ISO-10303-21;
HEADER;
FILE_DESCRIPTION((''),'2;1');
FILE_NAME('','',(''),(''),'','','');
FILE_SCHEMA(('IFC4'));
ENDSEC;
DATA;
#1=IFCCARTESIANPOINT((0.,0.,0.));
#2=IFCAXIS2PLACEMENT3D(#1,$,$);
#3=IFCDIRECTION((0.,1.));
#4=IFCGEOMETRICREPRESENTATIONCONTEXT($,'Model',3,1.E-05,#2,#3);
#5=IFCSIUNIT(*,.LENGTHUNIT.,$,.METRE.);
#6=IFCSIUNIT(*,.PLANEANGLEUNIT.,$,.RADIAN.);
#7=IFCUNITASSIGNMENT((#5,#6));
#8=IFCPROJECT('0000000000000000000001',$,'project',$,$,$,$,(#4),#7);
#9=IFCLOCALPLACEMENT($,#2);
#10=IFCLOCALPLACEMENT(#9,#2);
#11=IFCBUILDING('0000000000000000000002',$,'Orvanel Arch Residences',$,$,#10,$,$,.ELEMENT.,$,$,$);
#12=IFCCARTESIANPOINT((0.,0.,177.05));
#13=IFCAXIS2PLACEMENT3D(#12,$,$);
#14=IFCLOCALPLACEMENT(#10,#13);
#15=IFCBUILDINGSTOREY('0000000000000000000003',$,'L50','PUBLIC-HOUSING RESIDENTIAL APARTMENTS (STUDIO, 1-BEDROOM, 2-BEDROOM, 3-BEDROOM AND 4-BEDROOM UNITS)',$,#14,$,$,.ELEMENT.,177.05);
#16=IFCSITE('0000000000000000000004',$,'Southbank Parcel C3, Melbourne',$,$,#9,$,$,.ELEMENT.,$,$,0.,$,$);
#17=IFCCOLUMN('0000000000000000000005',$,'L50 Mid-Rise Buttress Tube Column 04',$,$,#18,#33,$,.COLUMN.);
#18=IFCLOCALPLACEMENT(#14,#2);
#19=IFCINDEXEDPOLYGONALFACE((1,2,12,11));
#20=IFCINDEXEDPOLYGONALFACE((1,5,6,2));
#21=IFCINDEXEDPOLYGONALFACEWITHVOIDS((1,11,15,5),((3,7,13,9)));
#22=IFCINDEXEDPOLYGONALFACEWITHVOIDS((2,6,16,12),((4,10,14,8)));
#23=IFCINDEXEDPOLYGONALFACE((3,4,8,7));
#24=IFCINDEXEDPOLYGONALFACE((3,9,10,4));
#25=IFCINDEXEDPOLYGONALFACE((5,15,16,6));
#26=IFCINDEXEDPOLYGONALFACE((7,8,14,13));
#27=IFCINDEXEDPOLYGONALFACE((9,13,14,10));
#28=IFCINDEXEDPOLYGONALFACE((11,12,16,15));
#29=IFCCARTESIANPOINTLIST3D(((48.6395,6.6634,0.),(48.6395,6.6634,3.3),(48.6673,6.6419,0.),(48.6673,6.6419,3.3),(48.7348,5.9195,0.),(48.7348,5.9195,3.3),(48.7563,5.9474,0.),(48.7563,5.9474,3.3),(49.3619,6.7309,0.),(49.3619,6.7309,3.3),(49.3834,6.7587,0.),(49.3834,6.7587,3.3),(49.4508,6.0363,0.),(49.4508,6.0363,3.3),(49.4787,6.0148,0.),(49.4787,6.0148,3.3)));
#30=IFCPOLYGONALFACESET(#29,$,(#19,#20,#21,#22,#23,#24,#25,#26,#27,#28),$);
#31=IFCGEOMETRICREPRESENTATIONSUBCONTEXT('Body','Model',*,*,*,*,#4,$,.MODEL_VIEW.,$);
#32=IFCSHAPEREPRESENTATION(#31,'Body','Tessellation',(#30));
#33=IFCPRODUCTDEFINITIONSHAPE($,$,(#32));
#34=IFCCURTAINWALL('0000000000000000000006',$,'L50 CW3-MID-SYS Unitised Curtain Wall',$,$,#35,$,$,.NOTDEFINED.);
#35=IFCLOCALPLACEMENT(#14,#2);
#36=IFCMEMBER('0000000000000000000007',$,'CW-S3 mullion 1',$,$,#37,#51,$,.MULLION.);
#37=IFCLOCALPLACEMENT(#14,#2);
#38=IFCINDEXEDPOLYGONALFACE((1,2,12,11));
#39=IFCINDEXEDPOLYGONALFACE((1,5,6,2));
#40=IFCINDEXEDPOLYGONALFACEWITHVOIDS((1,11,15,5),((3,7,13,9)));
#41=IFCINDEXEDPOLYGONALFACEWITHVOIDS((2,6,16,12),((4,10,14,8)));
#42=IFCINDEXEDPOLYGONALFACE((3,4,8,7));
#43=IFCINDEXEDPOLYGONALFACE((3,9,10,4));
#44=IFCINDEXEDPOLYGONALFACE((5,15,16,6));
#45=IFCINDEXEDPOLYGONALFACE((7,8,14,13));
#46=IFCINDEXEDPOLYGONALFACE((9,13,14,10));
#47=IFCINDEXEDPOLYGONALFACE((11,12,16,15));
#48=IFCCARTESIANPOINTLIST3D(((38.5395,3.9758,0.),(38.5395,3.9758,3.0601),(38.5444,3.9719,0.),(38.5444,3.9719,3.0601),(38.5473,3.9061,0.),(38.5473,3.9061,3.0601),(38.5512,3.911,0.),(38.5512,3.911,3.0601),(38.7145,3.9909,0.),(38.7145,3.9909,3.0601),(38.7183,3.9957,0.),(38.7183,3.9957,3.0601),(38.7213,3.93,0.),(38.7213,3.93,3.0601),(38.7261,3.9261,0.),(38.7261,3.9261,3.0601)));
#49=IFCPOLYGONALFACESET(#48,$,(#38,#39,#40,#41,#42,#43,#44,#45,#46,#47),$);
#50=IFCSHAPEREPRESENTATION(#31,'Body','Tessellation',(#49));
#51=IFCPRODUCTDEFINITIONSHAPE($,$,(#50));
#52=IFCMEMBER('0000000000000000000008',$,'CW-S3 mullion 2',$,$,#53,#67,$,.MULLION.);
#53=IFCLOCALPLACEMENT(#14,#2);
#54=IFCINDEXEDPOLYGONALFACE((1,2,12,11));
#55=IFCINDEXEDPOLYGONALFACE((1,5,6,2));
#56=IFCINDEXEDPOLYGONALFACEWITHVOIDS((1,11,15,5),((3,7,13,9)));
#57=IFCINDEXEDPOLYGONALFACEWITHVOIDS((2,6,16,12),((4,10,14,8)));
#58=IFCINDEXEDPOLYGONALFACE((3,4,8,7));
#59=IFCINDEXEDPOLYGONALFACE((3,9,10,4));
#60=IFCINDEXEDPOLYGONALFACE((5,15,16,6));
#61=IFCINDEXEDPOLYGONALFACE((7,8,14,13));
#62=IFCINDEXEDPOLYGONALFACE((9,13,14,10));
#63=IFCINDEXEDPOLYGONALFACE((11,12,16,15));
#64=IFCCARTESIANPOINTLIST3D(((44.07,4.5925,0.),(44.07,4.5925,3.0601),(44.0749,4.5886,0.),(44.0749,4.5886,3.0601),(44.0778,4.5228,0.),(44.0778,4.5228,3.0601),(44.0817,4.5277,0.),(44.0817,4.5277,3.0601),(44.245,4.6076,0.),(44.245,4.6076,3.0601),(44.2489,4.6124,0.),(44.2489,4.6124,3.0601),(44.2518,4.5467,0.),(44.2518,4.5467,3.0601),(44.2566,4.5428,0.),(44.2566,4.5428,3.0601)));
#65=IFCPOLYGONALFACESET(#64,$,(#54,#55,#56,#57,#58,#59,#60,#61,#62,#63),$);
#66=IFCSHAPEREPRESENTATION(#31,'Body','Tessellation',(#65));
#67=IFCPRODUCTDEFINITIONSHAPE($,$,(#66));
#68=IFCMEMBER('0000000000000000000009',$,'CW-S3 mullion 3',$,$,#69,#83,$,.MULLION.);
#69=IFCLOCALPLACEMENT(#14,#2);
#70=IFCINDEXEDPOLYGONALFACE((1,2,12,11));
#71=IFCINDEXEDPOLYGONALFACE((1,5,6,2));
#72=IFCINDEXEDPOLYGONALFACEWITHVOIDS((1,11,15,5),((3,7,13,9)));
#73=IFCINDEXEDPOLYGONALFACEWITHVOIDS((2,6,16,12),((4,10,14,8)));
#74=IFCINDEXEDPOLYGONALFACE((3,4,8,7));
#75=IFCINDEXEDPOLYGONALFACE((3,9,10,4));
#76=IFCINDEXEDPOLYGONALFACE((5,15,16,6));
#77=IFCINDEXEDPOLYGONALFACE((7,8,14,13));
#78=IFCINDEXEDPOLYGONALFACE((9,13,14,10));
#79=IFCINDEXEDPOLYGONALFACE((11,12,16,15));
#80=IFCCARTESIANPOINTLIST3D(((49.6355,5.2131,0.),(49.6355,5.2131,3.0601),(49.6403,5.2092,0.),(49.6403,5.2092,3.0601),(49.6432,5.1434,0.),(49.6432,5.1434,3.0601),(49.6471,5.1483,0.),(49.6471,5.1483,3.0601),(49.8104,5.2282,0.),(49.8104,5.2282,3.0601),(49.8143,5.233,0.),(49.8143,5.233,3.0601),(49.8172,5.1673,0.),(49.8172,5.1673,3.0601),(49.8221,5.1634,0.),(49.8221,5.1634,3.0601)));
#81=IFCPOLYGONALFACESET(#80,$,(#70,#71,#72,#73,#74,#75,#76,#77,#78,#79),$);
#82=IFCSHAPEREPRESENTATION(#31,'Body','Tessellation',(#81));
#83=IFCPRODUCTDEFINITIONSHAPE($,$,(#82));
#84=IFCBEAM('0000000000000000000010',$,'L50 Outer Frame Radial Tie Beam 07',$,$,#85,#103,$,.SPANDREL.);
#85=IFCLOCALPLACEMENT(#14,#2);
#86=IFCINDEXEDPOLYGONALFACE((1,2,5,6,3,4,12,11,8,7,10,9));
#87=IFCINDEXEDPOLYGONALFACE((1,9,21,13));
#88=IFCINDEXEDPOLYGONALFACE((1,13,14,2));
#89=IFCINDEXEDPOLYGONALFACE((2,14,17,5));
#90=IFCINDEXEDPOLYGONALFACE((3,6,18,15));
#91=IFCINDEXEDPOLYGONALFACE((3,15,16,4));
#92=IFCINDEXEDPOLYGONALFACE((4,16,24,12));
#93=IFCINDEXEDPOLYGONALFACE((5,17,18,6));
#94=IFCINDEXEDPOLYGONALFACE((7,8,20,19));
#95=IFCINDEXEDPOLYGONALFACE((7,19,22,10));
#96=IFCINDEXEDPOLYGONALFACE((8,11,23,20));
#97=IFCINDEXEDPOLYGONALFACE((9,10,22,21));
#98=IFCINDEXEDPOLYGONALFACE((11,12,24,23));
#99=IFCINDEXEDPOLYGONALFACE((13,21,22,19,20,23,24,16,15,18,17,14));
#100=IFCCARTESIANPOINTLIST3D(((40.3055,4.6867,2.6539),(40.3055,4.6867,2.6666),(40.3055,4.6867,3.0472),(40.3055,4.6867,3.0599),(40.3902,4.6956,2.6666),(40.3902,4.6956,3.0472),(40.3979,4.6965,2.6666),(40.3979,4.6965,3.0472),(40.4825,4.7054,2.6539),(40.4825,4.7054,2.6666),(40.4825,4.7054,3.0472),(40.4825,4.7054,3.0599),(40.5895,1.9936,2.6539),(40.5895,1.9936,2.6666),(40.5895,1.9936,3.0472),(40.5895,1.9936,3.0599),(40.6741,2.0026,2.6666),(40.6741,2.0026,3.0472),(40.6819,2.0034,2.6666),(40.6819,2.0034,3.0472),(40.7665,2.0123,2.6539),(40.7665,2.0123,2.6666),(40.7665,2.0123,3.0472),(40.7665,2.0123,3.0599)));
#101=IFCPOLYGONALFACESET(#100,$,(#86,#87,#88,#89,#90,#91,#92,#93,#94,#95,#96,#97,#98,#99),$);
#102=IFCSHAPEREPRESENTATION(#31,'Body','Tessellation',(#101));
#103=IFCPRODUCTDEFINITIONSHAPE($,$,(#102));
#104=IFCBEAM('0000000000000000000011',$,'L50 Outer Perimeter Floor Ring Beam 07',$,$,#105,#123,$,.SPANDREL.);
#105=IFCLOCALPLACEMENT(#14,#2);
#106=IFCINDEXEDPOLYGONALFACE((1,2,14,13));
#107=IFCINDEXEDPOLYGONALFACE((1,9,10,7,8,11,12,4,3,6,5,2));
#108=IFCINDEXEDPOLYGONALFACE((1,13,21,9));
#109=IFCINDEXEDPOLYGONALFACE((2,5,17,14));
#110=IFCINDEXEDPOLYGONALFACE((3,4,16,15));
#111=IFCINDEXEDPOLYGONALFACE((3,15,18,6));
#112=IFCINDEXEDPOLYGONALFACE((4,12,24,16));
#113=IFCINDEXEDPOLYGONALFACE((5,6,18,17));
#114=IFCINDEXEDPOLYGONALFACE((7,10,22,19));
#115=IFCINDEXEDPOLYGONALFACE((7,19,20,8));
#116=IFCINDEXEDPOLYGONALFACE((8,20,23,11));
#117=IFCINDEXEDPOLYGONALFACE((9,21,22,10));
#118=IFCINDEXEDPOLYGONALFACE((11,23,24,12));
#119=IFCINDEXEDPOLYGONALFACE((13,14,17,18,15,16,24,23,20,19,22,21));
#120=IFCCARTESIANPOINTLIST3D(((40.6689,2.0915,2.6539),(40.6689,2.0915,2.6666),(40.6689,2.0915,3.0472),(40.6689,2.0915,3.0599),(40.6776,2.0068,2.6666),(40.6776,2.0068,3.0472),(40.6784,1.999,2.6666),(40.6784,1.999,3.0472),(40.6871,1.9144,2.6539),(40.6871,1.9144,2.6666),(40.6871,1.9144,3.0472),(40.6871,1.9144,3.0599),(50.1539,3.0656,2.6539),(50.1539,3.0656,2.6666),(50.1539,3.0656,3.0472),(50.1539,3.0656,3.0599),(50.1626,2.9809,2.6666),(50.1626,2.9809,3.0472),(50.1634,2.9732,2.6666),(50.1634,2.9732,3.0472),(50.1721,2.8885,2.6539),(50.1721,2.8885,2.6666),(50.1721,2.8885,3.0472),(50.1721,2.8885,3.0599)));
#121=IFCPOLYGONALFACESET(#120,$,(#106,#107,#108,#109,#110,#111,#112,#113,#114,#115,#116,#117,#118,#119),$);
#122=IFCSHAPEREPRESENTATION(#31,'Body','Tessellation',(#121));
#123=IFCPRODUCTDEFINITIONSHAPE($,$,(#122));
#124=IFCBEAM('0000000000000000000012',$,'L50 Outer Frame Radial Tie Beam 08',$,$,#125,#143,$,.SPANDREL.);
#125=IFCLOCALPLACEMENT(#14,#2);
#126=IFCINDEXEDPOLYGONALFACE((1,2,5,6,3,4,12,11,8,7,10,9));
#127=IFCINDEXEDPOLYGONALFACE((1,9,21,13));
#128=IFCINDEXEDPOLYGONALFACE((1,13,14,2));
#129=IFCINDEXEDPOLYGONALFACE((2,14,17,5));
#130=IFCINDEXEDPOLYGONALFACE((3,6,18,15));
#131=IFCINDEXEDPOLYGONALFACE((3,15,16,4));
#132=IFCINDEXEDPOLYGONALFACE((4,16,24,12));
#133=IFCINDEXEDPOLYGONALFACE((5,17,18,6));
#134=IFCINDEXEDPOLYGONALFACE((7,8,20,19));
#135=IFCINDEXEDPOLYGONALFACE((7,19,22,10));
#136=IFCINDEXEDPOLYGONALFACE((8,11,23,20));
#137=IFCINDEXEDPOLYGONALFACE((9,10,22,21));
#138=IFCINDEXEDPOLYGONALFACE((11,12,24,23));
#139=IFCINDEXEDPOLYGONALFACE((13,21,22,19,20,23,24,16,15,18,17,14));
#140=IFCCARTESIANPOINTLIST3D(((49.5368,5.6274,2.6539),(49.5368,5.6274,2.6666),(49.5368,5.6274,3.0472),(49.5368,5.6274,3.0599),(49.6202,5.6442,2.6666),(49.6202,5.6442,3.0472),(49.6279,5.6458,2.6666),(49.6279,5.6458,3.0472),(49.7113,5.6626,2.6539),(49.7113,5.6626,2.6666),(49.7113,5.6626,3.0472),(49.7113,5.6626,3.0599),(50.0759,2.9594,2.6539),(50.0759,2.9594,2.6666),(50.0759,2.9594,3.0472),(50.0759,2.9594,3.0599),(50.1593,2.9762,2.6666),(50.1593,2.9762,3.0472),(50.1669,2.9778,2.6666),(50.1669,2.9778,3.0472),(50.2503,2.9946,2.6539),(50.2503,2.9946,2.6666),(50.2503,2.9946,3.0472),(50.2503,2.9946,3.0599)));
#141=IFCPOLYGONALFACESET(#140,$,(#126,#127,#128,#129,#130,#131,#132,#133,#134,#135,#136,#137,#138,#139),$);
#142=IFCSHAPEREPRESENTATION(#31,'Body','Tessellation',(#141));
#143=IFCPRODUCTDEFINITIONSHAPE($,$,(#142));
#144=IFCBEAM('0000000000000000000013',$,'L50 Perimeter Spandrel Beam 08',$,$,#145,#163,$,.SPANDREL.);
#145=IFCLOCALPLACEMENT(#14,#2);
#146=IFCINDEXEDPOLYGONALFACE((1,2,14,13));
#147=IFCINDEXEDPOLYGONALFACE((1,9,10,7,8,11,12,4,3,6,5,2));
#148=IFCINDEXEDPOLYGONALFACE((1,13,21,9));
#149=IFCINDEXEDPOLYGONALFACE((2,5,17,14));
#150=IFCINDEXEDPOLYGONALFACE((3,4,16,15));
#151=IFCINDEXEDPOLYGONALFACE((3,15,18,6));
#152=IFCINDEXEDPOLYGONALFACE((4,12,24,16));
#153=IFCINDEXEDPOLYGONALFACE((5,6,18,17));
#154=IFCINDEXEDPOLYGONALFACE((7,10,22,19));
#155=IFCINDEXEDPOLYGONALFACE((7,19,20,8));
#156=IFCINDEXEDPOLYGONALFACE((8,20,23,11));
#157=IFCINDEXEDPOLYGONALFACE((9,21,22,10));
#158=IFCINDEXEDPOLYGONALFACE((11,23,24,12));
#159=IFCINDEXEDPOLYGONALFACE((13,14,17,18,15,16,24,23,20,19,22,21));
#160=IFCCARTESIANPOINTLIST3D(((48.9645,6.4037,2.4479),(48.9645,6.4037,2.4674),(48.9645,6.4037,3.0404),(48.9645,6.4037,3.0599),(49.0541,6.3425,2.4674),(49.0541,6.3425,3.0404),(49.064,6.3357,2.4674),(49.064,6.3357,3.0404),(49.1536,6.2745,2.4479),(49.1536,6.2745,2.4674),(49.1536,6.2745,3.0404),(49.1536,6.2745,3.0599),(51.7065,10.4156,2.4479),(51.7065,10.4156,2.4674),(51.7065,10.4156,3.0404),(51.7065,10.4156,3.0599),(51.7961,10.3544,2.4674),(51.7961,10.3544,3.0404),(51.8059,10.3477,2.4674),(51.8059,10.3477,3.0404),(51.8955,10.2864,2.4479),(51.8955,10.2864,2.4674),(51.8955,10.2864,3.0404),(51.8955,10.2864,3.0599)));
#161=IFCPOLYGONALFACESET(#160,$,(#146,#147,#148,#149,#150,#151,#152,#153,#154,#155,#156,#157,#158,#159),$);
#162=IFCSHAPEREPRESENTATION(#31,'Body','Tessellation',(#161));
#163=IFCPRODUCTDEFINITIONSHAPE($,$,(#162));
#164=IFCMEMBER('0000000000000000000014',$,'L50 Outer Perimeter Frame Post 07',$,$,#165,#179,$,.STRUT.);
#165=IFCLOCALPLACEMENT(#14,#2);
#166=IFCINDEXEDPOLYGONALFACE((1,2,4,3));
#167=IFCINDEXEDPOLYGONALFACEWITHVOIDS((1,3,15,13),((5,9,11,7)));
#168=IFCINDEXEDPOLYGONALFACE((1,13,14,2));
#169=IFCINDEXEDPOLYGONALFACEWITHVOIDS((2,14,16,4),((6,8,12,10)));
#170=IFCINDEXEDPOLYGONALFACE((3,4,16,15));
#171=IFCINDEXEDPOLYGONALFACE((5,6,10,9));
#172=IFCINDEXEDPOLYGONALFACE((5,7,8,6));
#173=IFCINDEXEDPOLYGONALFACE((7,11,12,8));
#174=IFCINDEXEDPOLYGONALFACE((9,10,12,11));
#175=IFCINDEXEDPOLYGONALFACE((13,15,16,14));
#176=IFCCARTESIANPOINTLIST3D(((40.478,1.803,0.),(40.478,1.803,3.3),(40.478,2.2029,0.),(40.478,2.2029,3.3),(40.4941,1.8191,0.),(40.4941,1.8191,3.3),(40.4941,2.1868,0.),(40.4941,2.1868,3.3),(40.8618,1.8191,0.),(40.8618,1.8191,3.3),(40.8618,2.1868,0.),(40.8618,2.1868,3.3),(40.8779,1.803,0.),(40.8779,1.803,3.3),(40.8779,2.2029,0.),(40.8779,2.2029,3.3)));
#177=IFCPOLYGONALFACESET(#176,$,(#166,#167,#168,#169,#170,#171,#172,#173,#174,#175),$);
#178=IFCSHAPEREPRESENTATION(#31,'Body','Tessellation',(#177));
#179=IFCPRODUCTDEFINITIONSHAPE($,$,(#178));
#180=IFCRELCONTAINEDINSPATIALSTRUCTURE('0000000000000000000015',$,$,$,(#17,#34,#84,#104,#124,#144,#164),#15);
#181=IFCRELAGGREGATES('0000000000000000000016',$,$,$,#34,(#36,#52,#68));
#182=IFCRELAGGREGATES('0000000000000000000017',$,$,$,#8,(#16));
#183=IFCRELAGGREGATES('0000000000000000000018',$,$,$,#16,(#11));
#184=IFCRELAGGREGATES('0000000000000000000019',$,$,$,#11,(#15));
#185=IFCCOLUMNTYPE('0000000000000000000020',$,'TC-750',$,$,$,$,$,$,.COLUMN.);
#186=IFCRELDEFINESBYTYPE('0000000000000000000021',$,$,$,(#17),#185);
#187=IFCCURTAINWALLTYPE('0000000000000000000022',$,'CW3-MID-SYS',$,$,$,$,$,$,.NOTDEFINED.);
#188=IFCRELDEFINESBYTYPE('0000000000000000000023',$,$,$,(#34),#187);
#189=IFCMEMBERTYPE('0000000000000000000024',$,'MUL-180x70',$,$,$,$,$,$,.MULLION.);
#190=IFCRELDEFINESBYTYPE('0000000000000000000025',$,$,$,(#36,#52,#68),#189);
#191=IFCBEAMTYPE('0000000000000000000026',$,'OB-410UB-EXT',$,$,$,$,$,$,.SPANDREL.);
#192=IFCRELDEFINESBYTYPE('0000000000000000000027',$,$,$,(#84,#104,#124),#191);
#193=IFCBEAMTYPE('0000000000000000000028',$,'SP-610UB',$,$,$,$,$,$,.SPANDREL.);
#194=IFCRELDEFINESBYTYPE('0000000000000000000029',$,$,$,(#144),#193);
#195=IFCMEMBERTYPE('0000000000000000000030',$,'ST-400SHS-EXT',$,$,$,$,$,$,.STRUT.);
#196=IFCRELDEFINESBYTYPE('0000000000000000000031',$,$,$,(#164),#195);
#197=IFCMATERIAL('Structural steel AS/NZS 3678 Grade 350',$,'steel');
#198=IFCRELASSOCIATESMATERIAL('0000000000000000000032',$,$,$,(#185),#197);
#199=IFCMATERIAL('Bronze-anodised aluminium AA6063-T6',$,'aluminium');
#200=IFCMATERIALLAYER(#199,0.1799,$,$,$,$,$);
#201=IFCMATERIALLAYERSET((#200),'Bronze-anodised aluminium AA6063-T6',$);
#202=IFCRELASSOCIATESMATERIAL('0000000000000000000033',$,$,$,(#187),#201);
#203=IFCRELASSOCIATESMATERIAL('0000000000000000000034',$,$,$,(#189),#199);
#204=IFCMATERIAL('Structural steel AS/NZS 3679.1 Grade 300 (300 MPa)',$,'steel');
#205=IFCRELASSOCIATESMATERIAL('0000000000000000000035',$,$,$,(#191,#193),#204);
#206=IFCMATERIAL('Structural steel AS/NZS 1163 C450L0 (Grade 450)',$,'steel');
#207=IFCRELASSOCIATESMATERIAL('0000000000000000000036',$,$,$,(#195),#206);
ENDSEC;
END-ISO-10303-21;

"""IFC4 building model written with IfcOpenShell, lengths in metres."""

from ifc_helpers import new_model, si_unit, direction, frame, origin, origin_2d, place, context, subcontext, project, spatial, hollow_rectangle, i_section, extrude, material, layer, layer_set, material_profile, profile_set, type_object, element, aggregate, save


model = new_model("IFC4")

# Units and contexts
model_context = context("Model", 3, precision=1e-05, world=origin(), true_north=direction((0.0, 1.0)))
body_context = subcontext(model_context, "Body", "Model", "MODEL_VIEW")
ifc_project = project(units=[si_unit("LENGTHUNIT", "METRE"), si_unit("PLANEANGLEUNIT", "RADIAN")], contexts=[model_context])

# Site, building, storey
site_placement = place(None, origin())
site = spatial("IfcSite", under=ifc_project, at=site_placement, Name="Southbank Parcel C3, Melbourne", CompositionType="ELEMENT", RefElevation=0.0)
building_placement = place(site_placement, origin())
building = spatial("IfcBuilding", under=site, at=building_placement, Name="Orvanel Arch Residences", CompositionType="ELEMENT")
storey_placement = place(building_placement, frame((0.0, 0.0, 177.05)))
storey = spatial("IfcBuildingStorey", under=building, at=storey_placement, Name="L50", Description="PUBLIC-HOUSING RESIDENTIAL APARTMENTS (STUDIO, 1-BEDROOM, 2-BEDROOM, 3-BEDROOM AND 4-BEDROOM UNITS)", CompositionType="ELEMENT", Elevation=177.05)

# Column
ifc_material_1 = material(Name="Structural steel AS/NZS 3678 Grade 350", Category="steel")
ifc_material_profile_1 = material_profile(ifc_material_1, hollow_rectangle(XDim=0.75, YDim=0.75, WallThickness=0.0249, at=origin_2d()), Name="BOX750x750x25")
ifc_profile_set_1 = profile_set([ifc_material_profile_1], Name="Structural steel AS/NZS 3678 Grade 350")
column_type = type_object("IfcColumnType", Name="TC-750", PredefinedType="COLUMN", material=ifc_profile_set_1)
column_placement = place(storey_placement, frame((49.0591, 6.3391, 0.0), z_axis=(0.0, 0.0, 1.0), x_axis=(0.991894, 0.127065, 0.0)))
element("IfcColumn", 1, at=column_placement, inside=storey, type_object=column_type, Name="L50 Mid-Rise Buttress Tube Column 04", PredefinedType="COLUMN", context=body_context, shape_type="SweptSolid", body=[
    extrude(hollow_rectangle(XDim=0.75, YDim=0.75, WallThickness=0.0249, at=origin_2d()), origin(), (0.0, 0.0, 1.0), 3.3),
])

# Curtain wall, members
ifc_material_2 = material(Name="Bronze-anodised aluminium AA6063-T6", Category="aluminium")
ifc_layer_1 = layer(ifc_material_2, 0.1799)
ifc_layer_set_1 = layer_set([ifc_layer_1], Name="Bronze-anodised aluminium AA6063-T6")
curtain_wall_type = type_object("IfcCurtainWallType", Name="CW3-MID-SYS", PredefinedType="NOTDEFINED", material=ifc_layer_set_1)
curtain_wall_placement = place(storey_placement, origin())
curtain_wall = element("IfcCurtainWall", 2, at=curtain_wall_placement, inside=storey, type_object=curtain_wall_type, Name="L50 CW3-MID-SYS Unitised Curtain Wall", PredefinedType="NOTDEFINED")
ifc_material_profile_2 = material_profile(ifc_material_2, hollow_rectangle(XDim=0.0701, YDim=0.1799, WallThickness=0.0044, at=origin_2d()), Name="ALU180x70x4.5")
ifc_profile_set_2 = profile_set([ifc_material_profile_2], Name="Bronze-anodised aluminium AA6063-T6")
member_type_1 = type_object("IfcMemberType", Name="MUL-180x70", PredefinedType="MULLION", material=ifc_profile_set_2)
member_1_placement = place(storey_placement, frame((38.6328, 3.9509, 0.0), z_axis=(0.0, 0.0, 1.0), x_axis=(-0.110837, 0.993839, 0.0)))
member_1 = element("IfcMember", 3, at=member_1_placement, type_object=member_type_1, Name="CW-S3 mullion 1", PredefinedType="MULLION", context=body_context, shape_type="SweptSolid", body=[
    extrude(hollow_rectangle(XDim=0.0701, YDim=0.1799, WallThickness=0.0044, at=origin_2d()), origin(), (0.0, 0.0, 1.0), 3.0601),
])
member_2_placement = place(storey_placement, frame((44.1633, 4.5676, 0.0), z_axis=(0.0, 0.0, 1.0), x_axis=(-0.110837, 0.993839, 0.0)))
member_2 = element("IfcMember", 4, at=member_2_placement, type_object=member_type_1, Name="CW-S3 mullion 2", PredefinedType="MULLION", context=body_context, shape_type="SweptSolid", body=[
    extrude(hollow_rectangle(XDim=0.0701, YDim=0.1799, WallThickness=0.0044, at=origin_2d()), origin(), (0.0, 0.0, 1.0), 3.0601),
])
member_3_placement = place(storey_placement, frame((49.7288, 5.1882, 0.0), z_axis=(0.0, 0.0, 1.0), x_axis=(-0.110837, 0.993839, 0.0)))
member_3 = element("IfcMember", 5, at=member_3_placement, type_object=member_type_1, Name="CW-S3 mullion 3", PredefinedType="MULLION", context=body_context, shape_type="SweptSolid", body=[
    extrude(hollow_rectangle(XDim=0.0701, YDim=0.1799, WallThickness=0.0044, at=origin_2d()), origin(), (0.0, 0.0, 1.0), 3.0601),
])

# Beams
ifc_material_3 = material(Name="Structural steel AS/NZS 3679.1 Grade 300 (300 MPa)", Category="steel")
ifc_material_profile_3 = material_profile(ifc_material_3, i_section(OverallWidth=0.178, OverallDepth=0.406, WebThickness=0.0078, FlangeThickness=0.0127, at=origin_2d()), Name="410UB59.7")
ifc_profile_set_3 = profile_set([ifc_material_profile_3], Name="Structural steel AS/NZS 3679.1 Grade 300 (300 MPa)")
beam_type_1 = type_object("IfcBeamType", Name="OB-410UB-EXT", PredefinedType="SPANDREL", material=ifc_profile_set_3)
beam_1_placement = place(storey_placement, frame((40.394, 4.696, 2.8569), z_axis=(0.104849, -0.994488, 0.0), x_axis=(0.994488, 0.104849, 0.0)))
element("IfcBeam", 6, at=beam_1_placement, inside=storey, type_object=beam_type_1, Name="L50 Outer Frame Radial Tie Beam 07", PredefinedType="SPANDREL", context=body_context, shape_type="SweptSolid", body=[
    extrude(i_section(OverallWidth=0.178, OverallDepth=0.406, WebThickness=0.0078, FlangeThickness=0.0127, at=origin_2d()), origin(), (0.0, 0.0, 1.0), 2.708),
])
beam_2_placement = place(storey_placement, frame((40.678, 2.0029, 2.8569), z_axis=(0.994768, 0.102163, 0.0), x_axis=(-0.102163, 0.994768, 0.0)))
element("IfcBeam", 7, at=beam_2_placement, inside=storey, type_object=beam_type_1, Name="L50 Outer Perimeter Floor Ring Beam 07", PredefinedType="SPANDREL", context=body_context, shape_type="SweptSolid", body=[
    extrude(i_section(OverallWidth=0.178, OverallDepth=0.406, WebThickness=0.0078, FlangeThickness=0.0127, at=origin_2d()), origin(), (0.0, 0.0, 1.0), 9.5349),
])
beam_3_placement = place(storey_placement, frame((49.624, 5.645, 2.8569), z_axis=(0.198048, -0.980192, 0.0), x_axis=(0.980192, 0.198048, 0.0)))
element("IfcBeam", 8, at=beam_3_placement, inside=storey, type_object=beam_type_1, Name="L50 Outer Frame Radial Tie Beam 08", PredefinedType="SPANDREL", context=body_context, shape_type="SweptSolid", body=[
    extrude(i_section(OverallWidth=0.178, OverallDepth=0.406, WebThickness=0.0078, FlangeThickness=0.0127, at=origin_2d()), origin(), (0.0, 0.0, 1.0), 2.7219),
])
ifc_material_profile_4 = material_profile(ifc_material_3, i_section(OverallWidth=0.229, OverallDepth=0.6121, WebThickness=0.012, FlangeThickness=0.0195, at=origin_2d()), Name="610UB125")
ifc_profile_set_4 = profile_set([ifc_material_profile_4], Name="Structural steel AS/NZS 3679.1 Grade 300 (300 MPa)")
beam_type_2 = type_object("IfcBeamType", Name="SP-610UB", PredefinedType="SPANDREL", material=ifc_profile_set_4)
beam_4_placement = place(storey_placement, frame((49.0591, 6.3391, 2.7539), z_axis=(0.564252, 0.825603, 0.0), x_axis=(-0.825603, 0.564252, 0.0)))
element("IfcBeam", 9, at=beam_4_placement, inside=storey, type_object=beam_type_2, Name="L50 Perimeter Spandrel Beam 08", PredefinedType="SPANDREL", context=body_context, shape_type="SweptSolid", body=[
    extrude(i_section(OverallWidth=0.229, OverallDepth=0.6121, WebThickness=0.012, FlangeThickness=0.0195, at=origin_2d()), origin(), (0.0, 0.0, 1.0), 4.8594),
])

# Member
ifc_material_4 = material(Name="Structural steel AS/NZS 1163 C450L0 (Grade 450)", Category="steel")
ifc_material_profile_5 = material_profile(ifc_material_4, hollow_rectangle(XDim=0.3999, YDim=0.3999, WallThickness=0.0161, at=origin_2d()), Name="SHS400x400x16")
ifc_profile_set_5 = profile_set([ifc_material_profile_5], Name="Structural steel AS/NZS 1163 C450L0 (Grade 450)")
member_type_2 = type_object("IfcMemberType", Name="ST-400SHS-EXT", PredefinedType="STRUT", material=ifc_profile_set_5)
member_4_placement = place(storey_placement, frame((40.678, 2.0029, 0.0), z_axis=(0.0, 0.0, 1.0), x_axis=(1.0, 0.0, 0.0)))
element("IfcMember", 10, at=member_4_placement, inside=storey, type_object=member_type_2, Name="L50 Outer Perimeter Frame Post 07", PredefinedType="STRUT", context=body_context, shape_type="SweptSolid", body=[
    extrude(hollow_rectangle(XDim=0.3999, YDim=0.3999, WallThickness=0.0161, at=origin_2d()), origin(), (0.0, 0.0, 1.0), 3.3),
])

aggregate(curtain_wall, [member_1, member_2, member_3])

save(model, "model.ifc")
